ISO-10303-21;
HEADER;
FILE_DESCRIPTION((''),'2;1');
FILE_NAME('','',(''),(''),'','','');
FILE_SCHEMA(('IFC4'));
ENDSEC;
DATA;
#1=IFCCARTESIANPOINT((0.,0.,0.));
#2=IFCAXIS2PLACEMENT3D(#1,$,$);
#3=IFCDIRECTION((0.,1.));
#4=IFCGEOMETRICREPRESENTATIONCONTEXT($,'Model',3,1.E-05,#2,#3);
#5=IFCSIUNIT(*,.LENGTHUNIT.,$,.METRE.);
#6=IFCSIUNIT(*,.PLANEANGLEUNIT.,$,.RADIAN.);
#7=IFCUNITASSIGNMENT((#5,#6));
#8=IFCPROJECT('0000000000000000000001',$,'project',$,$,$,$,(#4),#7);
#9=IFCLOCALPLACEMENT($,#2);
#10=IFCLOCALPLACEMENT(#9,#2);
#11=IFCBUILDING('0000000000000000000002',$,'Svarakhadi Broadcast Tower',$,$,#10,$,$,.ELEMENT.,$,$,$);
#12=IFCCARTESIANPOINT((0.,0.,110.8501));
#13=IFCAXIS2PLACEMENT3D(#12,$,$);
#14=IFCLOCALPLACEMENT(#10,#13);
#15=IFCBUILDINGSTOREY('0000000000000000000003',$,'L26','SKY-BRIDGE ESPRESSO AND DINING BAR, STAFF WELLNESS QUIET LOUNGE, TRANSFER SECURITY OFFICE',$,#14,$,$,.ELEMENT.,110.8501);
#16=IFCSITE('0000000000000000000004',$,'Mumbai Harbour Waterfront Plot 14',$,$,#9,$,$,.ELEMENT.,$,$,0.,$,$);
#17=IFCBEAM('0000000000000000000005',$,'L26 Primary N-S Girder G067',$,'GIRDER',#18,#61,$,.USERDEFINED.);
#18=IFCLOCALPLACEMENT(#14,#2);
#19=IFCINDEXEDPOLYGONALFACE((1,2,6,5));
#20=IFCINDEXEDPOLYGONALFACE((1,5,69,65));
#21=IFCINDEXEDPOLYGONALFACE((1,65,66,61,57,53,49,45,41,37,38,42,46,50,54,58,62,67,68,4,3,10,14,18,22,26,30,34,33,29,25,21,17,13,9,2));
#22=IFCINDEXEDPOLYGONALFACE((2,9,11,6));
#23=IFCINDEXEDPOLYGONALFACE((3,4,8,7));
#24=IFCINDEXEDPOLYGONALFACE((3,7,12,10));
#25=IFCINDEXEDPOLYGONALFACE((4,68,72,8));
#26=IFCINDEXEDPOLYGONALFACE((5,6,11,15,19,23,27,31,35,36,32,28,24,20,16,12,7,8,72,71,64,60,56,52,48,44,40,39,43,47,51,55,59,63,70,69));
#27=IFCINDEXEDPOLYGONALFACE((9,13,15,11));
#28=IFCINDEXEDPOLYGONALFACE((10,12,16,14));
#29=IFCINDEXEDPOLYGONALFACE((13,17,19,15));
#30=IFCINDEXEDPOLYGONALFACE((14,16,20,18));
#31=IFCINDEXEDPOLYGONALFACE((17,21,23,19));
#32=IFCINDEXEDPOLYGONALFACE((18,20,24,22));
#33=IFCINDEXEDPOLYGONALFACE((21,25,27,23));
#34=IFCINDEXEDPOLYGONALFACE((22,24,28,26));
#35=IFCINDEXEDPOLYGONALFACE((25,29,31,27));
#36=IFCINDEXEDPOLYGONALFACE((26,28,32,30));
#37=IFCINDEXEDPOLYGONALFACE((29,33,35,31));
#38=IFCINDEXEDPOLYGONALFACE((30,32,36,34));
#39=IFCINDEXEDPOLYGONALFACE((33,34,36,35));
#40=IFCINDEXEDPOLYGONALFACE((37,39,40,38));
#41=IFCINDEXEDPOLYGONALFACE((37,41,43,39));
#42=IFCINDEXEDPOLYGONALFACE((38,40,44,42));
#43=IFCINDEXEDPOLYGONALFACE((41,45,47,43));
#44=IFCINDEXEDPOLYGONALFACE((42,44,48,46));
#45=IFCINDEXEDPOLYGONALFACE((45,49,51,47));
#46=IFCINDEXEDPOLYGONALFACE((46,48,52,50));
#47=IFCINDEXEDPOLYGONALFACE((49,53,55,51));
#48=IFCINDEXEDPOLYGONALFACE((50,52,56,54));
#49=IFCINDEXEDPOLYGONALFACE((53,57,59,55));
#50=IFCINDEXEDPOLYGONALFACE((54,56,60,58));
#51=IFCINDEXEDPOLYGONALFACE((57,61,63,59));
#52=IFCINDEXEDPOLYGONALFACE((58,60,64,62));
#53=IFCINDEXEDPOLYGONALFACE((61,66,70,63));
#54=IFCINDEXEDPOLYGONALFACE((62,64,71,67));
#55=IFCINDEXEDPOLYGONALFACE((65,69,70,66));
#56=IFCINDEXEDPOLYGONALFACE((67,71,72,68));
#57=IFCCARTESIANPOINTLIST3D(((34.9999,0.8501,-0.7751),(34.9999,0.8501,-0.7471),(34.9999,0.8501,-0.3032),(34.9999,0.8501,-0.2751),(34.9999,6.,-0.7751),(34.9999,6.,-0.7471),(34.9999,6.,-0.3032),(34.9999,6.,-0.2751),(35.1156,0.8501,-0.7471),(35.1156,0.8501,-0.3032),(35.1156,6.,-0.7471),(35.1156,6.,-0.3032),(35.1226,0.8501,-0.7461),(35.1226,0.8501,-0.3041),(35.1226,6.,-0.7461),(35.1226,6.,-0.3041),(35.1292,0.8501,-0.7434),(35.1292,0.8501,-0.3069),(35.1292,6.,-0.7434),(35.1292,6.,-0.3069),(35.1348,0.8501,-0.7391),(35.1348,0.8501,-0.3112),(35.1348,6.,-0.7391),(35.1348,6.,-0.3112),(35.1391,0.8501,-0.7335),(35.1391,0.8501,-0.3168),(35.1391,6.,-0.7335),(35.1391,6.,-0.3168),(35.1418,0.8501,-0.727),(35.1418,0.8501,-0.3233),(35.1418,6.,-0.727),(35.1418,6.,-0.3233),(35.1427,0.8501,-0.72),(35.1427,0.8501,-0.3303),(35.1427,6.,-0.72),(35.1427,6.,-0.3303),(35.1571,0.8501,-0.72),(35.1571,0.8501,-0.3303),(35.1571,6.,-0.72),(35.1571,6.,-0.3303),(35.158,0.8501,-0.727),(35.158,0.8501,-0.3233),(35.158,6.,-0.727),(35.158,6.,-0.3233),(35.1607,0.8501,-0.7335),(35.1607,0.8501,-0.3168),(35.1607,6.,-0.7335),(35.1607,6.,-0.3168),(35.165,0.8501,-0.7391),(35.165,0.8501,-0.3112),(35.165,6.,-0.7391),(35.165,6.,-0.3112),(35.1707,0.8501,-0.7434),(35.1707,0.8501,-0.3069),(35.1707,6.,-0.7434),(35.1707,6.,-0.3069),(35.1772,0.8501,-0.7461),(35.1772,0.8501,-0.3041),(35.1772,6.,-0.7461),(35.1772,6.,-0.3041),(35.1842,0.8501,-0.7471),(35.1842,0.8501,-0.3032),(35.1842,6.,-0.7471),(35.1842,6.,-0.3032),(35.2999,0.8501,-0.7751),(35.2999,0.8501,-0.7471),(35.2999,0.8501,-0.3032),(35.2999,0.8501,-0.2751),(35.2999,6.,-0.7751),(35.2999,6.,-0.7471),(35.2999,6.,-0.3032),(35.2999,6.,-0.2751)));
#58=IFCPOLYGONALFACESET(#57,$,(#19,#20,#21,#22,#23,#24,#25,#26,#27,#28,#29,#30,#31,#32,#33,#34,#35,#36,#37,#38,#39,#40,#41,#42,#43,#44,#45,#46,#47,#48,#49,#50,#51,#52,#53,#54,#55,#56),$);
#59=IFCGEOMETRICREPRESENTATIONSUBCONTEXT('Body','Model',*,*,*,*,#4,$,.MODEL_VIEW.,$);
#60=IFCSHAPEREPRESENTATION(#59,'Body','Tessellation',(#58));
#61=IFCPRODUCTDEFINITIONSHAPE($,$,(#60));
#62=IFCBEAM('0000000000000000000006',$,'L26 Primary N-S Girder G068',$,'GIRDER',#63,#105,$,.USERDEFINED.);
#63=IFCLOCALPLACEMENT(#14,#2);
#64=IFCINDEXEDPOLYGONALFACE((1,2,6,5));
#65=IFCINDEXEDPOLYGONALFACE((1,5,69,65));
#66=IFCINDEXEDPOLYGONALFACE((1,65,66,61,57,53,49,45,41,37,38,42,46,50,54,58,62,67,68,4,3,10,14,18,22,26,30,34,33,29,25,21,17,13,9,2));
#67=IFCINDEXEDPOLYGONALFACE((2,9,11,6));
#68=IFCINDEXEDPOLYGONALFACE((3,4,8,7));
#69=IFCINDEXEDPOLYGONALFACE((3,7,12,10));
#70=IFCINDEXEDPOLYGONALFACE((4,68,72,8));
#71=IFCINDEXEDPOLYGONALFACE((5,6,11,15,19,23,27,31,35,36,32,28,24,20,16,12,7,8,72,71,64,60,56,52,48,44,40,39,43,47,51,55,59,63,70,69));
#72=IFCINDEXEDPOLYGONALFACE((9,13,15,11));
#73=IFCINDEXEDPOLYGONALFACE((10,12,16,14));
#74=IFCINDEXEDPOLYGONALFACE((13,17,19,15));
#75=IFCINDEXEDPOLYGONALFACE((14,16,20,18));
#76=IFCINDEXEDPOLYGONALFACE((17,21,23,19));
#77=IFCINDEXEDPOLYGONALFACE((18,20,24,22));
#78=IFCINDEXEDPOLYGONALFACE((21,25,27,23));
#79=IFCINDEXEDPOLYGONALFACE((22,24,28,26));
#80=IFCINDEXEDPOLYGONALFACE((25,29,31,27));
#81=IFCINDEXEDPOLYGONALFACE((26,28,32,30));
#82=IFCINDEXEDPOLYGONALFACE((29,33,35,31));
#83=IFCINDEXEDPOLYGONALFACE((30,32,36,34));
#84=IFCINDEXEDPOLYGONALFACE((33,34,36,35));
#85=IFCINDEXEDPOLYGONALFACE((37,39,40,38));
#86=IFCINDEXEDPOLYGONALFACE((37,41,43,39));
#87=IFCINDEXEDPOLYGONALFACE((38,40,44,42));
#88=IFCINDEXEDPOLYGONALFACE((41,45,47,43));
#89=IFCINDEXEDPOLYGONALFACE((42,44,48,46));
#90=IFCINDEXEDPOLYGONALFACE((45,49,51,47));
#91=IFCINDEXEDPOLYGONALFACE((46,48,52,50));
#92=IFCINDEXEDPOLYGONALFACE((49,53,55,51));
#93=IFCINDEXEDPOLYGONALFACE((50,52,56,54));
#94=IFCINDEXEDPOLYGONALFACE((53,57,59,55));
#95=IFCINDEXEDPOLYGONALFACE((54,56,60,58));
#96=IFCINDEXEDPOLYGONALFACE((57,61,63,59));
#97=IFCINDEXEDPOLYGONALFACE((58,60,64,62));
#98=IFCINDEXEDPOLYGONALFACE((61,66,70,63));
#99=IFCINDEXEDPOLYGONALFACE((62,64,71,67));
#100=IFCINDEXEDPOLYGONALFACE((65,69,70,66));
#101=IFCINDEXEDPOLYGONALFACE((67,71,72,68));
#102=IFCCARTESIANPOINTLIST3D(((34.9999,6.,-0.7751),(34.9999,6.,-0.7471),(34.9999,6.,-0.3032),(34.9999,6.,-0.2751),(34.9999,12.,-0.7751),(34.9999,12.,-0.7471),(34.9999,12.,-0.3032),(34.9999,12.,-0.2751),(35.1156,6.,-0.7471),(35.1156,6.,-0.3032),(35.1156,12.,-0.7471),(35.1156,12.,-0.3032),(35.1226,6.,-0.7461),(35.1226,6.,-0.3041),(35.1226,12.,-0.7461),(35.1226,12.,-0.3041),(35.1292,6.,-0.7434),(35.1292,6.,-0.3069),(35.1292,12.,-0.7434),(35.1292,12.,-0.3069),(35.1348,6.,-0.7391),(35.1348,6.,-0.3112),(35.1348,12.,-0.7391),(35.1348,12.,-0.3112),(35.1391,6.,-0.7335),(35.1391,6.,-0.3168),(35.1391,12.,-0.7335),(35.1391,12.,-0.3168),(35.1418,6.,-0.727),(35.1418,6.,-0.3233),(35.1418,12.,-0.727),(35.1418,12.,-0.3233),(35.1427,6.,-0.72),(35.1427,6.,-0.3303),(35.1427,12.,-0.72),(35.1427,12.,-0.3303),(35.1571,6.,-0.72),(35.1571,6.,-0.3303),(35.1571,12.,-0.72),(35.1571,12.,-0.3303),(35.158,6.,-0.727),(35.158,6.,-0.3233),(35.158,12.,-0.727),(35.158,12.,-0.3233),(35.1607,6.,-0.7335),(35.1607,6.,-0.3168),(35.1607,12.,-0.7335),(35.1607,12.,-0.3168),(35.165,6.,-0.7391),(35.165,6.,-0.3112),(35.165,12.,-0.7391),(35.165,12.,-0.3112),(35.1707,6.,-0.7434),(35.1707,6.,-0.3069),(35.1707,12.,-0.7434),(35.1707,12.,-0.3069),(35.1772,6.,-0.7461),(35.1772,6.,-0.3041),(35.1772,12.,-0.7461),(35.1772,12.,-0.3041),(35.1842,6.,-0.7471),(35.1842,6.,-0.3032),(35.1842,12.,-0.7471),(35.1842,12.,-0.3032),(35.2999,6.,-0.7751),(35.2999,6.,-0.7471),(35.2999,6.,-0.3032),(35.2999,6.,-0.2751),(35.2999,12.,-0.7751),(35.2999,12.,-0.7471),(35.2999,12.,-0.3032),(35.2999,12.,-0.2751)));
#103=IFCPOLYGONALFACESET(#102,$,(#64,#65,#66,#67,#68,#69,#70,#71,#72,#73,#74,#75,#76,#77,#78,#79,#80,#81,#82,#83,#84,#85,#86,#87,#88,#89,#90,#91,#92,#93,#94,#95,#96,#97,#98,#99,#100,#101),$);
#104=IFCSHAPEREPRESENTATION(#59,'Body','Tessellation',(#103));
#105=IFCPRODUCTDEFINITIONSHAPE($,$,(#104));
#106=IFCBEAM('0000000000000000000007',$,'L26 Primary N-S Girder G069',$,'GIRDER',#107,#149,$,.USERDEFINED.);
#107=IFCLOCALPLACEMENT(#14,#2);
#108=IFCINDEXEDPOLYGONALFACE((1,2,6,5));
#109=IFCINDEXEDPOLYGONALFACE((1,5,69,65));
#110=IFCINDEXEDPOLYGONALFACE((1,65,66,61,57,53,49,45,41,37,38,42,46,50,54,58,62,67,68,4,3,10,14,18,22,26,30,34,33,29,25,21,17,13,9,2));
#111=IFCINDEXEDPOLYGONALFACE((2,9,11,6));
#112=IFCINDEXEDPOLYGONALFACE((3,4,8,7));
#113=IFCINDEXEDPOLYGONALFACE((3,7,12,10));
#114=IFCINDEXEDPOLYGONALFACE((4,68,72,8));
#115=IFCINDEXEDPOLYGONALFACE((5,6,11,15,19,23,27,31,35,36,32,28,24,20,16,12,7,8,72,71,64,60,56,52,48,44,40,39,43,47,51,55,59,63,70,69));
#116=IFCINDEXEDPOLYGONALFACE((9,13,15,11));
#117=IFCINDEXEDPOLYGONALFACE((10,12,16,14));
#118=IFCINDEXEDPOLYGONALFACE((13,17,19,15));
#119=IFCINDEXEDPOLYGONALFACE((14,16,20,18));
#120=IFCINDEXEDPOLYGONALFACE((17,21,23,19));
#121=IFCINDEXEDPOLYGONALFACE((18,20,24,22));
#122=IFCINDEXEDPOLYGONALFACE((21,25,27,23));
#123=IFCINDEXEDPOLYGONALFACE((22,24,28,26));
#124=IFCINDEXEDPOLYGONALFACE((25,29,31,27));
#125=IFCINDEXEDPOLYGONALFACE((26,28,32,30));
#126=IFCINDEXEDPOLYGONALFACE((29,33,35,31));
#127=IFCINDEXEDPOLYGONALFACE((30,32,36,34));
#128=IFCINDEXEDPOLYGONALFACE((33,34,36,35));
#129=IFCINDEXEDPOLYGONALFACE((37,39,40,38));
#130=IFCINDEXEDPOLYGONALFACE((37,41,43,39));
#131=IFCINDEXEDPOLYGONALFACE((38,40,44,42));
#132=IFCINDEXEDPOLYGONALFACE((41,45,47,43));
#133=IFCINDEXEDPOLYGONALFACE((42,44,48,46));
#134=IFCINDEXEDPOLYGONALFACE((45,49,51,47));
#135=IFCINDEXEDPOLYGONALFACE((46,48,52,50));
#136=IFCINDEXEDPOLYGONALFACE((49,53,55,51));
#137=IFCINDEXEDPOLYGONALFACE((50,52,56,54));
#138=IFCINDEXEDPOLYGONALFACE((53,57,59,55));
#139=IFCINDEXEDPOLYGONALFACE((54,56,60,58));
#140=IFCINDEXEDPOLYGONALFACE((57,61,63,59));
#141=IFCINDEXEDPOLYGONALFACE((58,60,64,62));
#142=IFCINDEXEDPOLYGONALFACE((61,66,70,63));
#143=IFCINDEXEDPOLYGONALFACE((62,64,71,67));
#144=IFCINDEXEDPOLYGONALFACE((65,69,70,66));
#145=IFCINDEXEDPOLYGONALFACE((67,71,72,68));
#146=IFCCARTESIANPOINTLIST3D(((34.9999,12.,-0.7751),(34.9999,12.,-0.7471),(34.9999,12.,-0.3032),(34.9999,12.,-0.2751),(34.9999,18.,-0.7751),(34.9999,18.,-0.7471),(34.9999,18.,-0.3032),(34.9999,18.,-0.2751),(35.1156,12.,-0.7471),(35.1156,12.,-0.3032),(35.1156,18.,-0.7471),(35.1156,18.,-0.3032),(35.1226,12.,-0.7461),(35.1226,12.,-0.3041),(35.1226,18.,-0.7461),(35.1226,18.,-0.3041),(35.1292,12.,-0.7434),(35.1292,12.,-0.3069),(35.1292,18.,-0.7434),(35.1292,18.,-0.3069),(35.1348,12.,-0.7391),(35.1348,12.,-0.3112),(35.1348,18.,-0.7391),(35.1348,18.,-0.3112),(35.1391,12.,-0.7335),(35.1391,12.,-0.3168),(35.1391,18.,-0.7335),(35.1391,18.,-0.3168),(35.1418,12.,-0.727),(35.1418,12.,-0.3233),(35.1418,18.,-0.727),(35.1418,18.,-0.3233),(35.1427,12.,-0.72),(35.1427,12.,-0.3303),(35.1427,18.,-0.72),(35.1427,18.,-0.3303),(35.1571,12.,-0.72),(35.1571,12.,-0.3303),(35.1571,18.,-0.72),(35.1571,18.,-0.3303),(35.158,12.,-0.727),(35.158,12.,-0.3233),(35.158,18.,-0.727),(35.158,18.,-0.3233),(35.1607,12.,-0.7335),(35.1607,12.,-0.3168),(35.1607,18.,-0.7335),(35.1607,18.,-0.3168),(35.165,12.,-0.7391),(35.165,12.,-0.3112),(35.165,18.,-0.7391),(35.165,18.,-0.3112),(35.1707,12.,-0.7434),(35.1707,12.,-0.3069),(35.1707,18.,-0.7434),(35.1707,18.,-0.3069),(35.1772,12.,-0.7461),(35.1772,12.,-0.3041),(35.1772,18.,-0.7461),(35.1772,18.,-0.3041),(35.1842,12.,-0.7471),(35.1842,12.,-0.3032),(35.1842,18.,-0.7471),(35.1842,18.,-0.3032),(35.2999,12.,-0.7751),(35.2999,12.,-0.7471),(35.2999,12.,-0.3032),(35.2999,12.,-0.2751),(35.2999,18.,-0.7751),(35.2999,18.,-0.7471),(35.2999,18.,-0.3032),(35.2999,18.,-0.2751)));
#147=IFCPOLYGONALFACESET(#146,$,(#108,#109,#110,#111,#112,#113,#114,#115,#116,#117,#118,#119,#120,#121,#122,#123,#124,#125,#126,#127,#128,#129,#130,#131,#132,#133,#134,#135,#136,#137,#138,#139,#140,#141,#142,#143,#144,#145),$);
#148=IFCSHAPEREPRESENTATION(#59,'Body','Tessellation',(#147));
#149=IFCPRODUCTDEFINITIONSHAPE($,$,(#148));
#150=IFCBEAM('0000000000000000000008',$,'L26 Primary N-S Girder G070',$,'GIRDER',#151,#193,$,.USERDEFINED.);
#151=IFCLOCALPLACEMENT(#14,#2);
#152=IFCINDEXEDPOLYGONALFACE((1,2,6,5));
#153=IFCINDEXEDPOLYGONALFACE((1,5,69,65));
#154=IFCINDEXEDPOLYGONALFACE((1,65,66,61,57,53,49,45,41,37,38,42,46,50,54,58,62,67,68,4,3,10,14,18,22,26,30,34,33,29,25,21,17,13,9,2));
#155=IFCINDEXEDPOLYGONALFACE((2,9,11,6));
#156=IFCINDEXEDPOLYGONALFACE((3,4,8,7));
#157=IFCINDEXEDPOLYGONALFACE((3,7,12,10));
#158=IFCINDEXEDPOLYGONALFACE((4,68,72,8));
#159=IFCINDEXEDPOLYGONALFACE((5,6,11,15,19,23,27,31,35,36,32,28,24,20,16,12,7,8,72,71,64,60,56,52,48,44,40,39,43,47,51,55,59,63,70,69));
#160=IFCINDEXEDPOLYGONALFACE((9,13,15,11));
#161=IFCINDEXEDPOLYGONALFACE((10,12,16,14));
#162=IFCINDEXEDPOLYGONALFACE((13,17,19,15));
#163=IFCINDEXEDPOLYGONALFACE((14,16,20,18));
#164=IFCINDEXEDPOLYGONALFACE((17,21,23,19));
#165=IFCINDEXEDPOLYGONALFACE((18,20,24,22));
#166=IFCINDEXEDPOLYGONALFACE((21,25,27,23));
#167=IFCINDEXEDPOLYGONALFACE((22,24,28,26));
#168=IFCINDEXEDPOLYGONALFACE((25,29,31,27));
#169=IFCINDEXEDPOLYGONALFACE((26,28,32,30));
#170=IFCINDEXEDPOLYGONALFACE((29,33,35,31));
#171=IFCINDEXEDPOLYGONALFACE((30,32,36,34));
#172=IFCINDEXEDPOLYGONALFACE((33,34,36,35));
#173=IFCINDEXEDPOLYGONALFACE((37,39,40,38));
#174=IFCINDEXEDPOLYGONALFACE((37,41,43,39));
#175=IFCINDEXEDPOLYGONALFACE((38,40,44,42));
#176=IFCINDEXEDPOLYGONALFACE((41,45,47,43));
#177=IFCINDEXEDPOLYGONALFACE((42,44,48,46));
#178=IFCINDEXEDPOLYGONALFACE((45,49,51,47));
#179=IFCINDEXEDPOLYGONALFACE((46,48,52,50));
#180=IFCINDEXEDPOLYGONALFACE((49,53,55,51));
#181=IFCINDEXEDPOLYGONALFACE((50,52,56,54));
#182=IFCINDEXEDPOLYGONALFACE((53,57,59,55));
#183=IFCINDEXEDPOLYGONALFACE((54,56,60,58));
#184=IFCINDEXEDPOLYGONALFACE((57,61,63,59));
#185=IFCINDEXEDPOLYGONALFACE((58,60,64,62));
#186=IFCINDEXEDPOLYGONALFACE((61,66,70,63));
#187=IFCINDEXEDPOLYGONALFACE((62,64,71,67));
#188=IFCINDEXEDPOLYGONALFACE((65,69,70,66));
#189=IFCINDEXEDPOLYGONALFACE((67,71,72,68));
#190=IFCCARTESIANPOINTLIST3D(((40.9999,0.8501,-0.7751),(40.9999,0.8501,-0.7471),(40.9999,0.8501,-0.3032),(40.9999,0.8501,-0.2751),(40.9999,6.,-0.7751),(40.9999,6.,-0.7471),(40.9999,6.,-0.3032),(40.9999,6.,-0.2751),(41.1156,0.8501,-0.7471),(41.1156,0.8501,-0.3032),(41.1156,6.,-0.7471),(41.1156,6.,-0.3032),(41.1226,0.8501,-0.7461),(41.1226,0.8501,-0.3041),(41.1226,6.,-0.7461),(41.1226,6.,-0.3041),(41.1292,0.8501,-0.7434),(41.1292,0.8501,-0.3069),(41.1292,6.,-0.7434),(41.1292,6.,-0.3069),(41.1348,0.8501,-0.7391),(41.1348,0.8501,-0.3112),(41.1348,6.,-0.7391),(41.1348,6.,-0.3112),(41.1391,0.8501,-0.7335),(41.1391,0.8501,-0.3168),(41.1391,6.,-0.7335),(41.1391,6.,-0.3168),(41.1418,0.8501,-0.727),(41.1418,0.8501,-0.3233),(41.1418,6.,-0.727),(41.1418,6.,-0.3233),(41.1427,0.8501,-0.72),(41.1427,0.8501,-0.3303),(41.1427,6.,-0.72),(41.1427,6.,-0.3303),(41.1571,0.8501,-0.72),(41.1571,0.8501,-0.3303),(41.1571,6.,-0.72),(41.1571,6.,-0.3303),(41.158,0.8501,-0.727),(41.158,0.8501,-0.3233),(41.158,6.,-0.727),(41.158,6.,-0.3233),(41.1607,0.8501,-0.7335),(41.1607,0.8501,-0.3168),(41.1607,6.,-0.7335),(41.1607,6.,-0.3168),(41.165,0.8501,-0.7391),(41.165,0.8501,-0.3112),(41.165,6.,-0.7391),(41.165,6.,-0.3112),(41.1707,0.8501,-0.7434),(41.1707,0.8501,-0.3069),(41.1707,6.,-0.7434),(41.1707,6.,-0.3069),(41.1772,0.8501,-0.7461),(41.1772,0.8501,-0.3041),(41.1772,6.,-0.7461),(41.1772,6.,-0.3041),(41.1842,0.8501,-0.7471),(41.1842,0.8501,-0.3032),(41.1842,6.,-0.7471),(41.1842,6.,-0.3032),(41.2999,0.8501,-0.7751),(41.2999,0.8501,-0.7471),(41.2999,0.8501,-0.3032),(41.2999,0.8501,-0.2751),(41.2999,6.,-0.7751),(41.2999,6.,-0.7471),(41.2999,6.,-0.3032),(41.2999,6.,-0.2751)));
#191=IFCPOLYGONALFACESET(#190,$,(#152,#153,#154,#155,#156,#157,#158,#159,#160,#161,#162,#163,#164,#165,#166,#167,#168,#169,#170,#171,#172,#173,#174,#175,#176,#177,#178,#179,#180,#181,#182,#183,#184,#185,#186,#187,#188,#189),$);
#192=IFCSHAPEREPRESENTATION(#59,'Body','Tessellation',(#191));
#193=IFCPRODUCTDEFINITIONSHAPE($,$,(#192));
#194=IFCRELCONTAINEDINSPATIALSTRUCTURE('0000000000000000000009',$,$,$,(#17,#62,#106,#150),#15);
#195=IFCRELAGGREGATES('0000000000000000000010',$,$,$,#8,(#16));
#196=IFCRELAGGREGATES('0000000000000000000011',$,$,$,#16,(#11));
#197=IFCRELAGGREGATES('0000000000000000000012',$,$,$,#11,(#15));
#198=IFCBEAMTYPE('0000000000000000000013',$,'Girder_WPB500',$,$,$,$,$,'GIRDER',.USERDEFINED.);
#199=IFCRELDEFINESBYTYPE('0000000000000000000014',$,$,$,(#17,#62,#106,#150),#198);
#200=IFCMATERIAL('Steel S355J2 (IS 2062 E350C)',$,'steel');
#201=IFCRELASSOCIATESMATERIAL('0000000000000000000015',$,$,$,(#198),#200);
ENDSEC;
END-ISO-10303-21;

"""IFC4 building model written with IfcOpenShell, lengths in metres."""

from ifc_helpers import new_model, si_unit, direction, frame, origin, origin_2d, place, context, subcontext, project, spatial, i_section, extrude, material, material_profile, profile_set, type_object, element, save


model = new_model("IFC4")

# Units and contexts
model_context = context("Model", 3, precision=1e-05, world=origin(), true_north=direction((0.0, 1.0)))
body_context = subcontext(model_context, "Body", "Model", "MODEL_VIEW")
ifc_project = project(units=[si_unit("LENGTHUNIT", "METRE"), si_unit("PLANEANGLEUNIT", "RADIAN")], contexts=[model_context])

# Site, building, storey
site_placement = place(None, origin())
site = spatial("IfcSite", under=ifc_project, at=site_placement, Name="Mumbai Harbour Waterfront Plot 14", CompositionType="ELEMENT", RefElevation=0.0)
building_placement = place(site_placement, origin())
building = spatial("IfcBuilding", under=site, at=building_placement, Name="Svarakhadi Broadcast Tower", CompositionType="ELEMENT")
storey_placement = place(building_placement, frame((0.0, 0.0, 110.8501)))
storey = spatial("IfcBuildingStorey", under=building, at=storey_placement, Name="L26", Description="SKY-BRIDGE ESPRESSO AND DINING BAR, STAFF WELLNESS QUIET LOUNGE, TRANSFER SECURITY OFFICE", CompositionType="ELEMENT", Elevation=110.8501)

# Shared definitions
ifc_material_1 = material(Name="Steel S355J2 (IS 2062 E350C)", Category="steel")

# Beams
ifc_material_profile_1 = material_profile(ifc_material_1, i_section(OverallWidth=0.3, OverallDepth=0.5, WebThickness=0.0144, FlangeThickness=0.0281, FilletRadius=0.0271, at=origin_2d()), Name="WPB 500x300x187")
ifc_profile_set_1 = profile_set([ifc_material_profile_1], Name="Steel S355J2 (IS 2062 E350C)")
beam_type_1 = type_object("IfcBeamType", Name="Girder_WPB500", ElementType="GIRDER", PredefinedType="USERDEFINED", material=ifc_profile_set_1)
beam_1_placement = place(storey_placement, frame((35.1499, 0.8501, -0.5251), z_axis=(0.0, 1.0, 0.0), x_axis=(-1.0, 0.0, 0.0)))
element("IfcBeam", 1, at=beam_1_placement, inside=storey, type_object=beam_type_1, Name="L26 Primary N-S Girder G067", ObjectType="GIRDER", PredefinedType="USERDEFINED", context=body_context, shape_type="SweptSolid", body=[
    extrude(i_section(OverallWidth=0.3, OverallDepth=0.5, WebThickness=0.0144, FlangeThickness=0.0281, FilletRadius=0.0271, at=origin_2d()), origin(), (0.0, 0.0, 1.0), 5.1499),
])
for number, where, z_axis, x_axis, name in (
    (2, (35.1499, 6.0, -0.5251), (0.0, 1.0, 0.0), (-1.0, 0.0, 0.0), "L26 Primary N-S Girder G068"),
    (3, (35.1499, 12.0, -0.5251), (0.0, 1.0, 0.0), (-1.0, 0.0, 0.0), "L26 Primary N-S Girder G069"),
):
    element("IfcBeam", number, at=place(storey_placement, frame(where, z_axis=z_axis, x_axis=x_axis)), inside=storey, type_object=beam_type_1, Name=name, ObjectType="GIRDER", PredefinedType="USERDEFINED", context=body_context, shape_type="SweptSolid", body=[
        extrude(i_section(OverallWidth=0.3, OverallDepth=0.5, WebThickness=0.0144, FlangeThickness=0.0281, FilletRadius=0.0271, at=origin_2d()), origin(), (0.0, 0.0, 1.0), 6.0),
    ])
beam_2_placement = place(storey_placement, frame((41.1499, 0.8501, -0.5251), z_axis=(0.0, 1.0, 0.0), x_axis=(-1.0, 0.0, 0.0)))
element("IfcBeam", 4, at=beam_2_placement, inside=storey, type_object=beam_type_1, Name="L26 Primary N-S Girder G070", ObjectType="GIRDER", PredefinedType="USERDEFINED", context=body_context, shape_type="SweptSolid", body=[
    extrude(i_section(OverallWidth=0.3, OverallDepth=0.5, WebThickness=0.0144, FlangeThickness=0.0281, FilletRadius=0.0271, at=origin_2d()), origin(), (0.0, 0.0, 1.0), 5.1499),
])

save(model, "model.ifc")
